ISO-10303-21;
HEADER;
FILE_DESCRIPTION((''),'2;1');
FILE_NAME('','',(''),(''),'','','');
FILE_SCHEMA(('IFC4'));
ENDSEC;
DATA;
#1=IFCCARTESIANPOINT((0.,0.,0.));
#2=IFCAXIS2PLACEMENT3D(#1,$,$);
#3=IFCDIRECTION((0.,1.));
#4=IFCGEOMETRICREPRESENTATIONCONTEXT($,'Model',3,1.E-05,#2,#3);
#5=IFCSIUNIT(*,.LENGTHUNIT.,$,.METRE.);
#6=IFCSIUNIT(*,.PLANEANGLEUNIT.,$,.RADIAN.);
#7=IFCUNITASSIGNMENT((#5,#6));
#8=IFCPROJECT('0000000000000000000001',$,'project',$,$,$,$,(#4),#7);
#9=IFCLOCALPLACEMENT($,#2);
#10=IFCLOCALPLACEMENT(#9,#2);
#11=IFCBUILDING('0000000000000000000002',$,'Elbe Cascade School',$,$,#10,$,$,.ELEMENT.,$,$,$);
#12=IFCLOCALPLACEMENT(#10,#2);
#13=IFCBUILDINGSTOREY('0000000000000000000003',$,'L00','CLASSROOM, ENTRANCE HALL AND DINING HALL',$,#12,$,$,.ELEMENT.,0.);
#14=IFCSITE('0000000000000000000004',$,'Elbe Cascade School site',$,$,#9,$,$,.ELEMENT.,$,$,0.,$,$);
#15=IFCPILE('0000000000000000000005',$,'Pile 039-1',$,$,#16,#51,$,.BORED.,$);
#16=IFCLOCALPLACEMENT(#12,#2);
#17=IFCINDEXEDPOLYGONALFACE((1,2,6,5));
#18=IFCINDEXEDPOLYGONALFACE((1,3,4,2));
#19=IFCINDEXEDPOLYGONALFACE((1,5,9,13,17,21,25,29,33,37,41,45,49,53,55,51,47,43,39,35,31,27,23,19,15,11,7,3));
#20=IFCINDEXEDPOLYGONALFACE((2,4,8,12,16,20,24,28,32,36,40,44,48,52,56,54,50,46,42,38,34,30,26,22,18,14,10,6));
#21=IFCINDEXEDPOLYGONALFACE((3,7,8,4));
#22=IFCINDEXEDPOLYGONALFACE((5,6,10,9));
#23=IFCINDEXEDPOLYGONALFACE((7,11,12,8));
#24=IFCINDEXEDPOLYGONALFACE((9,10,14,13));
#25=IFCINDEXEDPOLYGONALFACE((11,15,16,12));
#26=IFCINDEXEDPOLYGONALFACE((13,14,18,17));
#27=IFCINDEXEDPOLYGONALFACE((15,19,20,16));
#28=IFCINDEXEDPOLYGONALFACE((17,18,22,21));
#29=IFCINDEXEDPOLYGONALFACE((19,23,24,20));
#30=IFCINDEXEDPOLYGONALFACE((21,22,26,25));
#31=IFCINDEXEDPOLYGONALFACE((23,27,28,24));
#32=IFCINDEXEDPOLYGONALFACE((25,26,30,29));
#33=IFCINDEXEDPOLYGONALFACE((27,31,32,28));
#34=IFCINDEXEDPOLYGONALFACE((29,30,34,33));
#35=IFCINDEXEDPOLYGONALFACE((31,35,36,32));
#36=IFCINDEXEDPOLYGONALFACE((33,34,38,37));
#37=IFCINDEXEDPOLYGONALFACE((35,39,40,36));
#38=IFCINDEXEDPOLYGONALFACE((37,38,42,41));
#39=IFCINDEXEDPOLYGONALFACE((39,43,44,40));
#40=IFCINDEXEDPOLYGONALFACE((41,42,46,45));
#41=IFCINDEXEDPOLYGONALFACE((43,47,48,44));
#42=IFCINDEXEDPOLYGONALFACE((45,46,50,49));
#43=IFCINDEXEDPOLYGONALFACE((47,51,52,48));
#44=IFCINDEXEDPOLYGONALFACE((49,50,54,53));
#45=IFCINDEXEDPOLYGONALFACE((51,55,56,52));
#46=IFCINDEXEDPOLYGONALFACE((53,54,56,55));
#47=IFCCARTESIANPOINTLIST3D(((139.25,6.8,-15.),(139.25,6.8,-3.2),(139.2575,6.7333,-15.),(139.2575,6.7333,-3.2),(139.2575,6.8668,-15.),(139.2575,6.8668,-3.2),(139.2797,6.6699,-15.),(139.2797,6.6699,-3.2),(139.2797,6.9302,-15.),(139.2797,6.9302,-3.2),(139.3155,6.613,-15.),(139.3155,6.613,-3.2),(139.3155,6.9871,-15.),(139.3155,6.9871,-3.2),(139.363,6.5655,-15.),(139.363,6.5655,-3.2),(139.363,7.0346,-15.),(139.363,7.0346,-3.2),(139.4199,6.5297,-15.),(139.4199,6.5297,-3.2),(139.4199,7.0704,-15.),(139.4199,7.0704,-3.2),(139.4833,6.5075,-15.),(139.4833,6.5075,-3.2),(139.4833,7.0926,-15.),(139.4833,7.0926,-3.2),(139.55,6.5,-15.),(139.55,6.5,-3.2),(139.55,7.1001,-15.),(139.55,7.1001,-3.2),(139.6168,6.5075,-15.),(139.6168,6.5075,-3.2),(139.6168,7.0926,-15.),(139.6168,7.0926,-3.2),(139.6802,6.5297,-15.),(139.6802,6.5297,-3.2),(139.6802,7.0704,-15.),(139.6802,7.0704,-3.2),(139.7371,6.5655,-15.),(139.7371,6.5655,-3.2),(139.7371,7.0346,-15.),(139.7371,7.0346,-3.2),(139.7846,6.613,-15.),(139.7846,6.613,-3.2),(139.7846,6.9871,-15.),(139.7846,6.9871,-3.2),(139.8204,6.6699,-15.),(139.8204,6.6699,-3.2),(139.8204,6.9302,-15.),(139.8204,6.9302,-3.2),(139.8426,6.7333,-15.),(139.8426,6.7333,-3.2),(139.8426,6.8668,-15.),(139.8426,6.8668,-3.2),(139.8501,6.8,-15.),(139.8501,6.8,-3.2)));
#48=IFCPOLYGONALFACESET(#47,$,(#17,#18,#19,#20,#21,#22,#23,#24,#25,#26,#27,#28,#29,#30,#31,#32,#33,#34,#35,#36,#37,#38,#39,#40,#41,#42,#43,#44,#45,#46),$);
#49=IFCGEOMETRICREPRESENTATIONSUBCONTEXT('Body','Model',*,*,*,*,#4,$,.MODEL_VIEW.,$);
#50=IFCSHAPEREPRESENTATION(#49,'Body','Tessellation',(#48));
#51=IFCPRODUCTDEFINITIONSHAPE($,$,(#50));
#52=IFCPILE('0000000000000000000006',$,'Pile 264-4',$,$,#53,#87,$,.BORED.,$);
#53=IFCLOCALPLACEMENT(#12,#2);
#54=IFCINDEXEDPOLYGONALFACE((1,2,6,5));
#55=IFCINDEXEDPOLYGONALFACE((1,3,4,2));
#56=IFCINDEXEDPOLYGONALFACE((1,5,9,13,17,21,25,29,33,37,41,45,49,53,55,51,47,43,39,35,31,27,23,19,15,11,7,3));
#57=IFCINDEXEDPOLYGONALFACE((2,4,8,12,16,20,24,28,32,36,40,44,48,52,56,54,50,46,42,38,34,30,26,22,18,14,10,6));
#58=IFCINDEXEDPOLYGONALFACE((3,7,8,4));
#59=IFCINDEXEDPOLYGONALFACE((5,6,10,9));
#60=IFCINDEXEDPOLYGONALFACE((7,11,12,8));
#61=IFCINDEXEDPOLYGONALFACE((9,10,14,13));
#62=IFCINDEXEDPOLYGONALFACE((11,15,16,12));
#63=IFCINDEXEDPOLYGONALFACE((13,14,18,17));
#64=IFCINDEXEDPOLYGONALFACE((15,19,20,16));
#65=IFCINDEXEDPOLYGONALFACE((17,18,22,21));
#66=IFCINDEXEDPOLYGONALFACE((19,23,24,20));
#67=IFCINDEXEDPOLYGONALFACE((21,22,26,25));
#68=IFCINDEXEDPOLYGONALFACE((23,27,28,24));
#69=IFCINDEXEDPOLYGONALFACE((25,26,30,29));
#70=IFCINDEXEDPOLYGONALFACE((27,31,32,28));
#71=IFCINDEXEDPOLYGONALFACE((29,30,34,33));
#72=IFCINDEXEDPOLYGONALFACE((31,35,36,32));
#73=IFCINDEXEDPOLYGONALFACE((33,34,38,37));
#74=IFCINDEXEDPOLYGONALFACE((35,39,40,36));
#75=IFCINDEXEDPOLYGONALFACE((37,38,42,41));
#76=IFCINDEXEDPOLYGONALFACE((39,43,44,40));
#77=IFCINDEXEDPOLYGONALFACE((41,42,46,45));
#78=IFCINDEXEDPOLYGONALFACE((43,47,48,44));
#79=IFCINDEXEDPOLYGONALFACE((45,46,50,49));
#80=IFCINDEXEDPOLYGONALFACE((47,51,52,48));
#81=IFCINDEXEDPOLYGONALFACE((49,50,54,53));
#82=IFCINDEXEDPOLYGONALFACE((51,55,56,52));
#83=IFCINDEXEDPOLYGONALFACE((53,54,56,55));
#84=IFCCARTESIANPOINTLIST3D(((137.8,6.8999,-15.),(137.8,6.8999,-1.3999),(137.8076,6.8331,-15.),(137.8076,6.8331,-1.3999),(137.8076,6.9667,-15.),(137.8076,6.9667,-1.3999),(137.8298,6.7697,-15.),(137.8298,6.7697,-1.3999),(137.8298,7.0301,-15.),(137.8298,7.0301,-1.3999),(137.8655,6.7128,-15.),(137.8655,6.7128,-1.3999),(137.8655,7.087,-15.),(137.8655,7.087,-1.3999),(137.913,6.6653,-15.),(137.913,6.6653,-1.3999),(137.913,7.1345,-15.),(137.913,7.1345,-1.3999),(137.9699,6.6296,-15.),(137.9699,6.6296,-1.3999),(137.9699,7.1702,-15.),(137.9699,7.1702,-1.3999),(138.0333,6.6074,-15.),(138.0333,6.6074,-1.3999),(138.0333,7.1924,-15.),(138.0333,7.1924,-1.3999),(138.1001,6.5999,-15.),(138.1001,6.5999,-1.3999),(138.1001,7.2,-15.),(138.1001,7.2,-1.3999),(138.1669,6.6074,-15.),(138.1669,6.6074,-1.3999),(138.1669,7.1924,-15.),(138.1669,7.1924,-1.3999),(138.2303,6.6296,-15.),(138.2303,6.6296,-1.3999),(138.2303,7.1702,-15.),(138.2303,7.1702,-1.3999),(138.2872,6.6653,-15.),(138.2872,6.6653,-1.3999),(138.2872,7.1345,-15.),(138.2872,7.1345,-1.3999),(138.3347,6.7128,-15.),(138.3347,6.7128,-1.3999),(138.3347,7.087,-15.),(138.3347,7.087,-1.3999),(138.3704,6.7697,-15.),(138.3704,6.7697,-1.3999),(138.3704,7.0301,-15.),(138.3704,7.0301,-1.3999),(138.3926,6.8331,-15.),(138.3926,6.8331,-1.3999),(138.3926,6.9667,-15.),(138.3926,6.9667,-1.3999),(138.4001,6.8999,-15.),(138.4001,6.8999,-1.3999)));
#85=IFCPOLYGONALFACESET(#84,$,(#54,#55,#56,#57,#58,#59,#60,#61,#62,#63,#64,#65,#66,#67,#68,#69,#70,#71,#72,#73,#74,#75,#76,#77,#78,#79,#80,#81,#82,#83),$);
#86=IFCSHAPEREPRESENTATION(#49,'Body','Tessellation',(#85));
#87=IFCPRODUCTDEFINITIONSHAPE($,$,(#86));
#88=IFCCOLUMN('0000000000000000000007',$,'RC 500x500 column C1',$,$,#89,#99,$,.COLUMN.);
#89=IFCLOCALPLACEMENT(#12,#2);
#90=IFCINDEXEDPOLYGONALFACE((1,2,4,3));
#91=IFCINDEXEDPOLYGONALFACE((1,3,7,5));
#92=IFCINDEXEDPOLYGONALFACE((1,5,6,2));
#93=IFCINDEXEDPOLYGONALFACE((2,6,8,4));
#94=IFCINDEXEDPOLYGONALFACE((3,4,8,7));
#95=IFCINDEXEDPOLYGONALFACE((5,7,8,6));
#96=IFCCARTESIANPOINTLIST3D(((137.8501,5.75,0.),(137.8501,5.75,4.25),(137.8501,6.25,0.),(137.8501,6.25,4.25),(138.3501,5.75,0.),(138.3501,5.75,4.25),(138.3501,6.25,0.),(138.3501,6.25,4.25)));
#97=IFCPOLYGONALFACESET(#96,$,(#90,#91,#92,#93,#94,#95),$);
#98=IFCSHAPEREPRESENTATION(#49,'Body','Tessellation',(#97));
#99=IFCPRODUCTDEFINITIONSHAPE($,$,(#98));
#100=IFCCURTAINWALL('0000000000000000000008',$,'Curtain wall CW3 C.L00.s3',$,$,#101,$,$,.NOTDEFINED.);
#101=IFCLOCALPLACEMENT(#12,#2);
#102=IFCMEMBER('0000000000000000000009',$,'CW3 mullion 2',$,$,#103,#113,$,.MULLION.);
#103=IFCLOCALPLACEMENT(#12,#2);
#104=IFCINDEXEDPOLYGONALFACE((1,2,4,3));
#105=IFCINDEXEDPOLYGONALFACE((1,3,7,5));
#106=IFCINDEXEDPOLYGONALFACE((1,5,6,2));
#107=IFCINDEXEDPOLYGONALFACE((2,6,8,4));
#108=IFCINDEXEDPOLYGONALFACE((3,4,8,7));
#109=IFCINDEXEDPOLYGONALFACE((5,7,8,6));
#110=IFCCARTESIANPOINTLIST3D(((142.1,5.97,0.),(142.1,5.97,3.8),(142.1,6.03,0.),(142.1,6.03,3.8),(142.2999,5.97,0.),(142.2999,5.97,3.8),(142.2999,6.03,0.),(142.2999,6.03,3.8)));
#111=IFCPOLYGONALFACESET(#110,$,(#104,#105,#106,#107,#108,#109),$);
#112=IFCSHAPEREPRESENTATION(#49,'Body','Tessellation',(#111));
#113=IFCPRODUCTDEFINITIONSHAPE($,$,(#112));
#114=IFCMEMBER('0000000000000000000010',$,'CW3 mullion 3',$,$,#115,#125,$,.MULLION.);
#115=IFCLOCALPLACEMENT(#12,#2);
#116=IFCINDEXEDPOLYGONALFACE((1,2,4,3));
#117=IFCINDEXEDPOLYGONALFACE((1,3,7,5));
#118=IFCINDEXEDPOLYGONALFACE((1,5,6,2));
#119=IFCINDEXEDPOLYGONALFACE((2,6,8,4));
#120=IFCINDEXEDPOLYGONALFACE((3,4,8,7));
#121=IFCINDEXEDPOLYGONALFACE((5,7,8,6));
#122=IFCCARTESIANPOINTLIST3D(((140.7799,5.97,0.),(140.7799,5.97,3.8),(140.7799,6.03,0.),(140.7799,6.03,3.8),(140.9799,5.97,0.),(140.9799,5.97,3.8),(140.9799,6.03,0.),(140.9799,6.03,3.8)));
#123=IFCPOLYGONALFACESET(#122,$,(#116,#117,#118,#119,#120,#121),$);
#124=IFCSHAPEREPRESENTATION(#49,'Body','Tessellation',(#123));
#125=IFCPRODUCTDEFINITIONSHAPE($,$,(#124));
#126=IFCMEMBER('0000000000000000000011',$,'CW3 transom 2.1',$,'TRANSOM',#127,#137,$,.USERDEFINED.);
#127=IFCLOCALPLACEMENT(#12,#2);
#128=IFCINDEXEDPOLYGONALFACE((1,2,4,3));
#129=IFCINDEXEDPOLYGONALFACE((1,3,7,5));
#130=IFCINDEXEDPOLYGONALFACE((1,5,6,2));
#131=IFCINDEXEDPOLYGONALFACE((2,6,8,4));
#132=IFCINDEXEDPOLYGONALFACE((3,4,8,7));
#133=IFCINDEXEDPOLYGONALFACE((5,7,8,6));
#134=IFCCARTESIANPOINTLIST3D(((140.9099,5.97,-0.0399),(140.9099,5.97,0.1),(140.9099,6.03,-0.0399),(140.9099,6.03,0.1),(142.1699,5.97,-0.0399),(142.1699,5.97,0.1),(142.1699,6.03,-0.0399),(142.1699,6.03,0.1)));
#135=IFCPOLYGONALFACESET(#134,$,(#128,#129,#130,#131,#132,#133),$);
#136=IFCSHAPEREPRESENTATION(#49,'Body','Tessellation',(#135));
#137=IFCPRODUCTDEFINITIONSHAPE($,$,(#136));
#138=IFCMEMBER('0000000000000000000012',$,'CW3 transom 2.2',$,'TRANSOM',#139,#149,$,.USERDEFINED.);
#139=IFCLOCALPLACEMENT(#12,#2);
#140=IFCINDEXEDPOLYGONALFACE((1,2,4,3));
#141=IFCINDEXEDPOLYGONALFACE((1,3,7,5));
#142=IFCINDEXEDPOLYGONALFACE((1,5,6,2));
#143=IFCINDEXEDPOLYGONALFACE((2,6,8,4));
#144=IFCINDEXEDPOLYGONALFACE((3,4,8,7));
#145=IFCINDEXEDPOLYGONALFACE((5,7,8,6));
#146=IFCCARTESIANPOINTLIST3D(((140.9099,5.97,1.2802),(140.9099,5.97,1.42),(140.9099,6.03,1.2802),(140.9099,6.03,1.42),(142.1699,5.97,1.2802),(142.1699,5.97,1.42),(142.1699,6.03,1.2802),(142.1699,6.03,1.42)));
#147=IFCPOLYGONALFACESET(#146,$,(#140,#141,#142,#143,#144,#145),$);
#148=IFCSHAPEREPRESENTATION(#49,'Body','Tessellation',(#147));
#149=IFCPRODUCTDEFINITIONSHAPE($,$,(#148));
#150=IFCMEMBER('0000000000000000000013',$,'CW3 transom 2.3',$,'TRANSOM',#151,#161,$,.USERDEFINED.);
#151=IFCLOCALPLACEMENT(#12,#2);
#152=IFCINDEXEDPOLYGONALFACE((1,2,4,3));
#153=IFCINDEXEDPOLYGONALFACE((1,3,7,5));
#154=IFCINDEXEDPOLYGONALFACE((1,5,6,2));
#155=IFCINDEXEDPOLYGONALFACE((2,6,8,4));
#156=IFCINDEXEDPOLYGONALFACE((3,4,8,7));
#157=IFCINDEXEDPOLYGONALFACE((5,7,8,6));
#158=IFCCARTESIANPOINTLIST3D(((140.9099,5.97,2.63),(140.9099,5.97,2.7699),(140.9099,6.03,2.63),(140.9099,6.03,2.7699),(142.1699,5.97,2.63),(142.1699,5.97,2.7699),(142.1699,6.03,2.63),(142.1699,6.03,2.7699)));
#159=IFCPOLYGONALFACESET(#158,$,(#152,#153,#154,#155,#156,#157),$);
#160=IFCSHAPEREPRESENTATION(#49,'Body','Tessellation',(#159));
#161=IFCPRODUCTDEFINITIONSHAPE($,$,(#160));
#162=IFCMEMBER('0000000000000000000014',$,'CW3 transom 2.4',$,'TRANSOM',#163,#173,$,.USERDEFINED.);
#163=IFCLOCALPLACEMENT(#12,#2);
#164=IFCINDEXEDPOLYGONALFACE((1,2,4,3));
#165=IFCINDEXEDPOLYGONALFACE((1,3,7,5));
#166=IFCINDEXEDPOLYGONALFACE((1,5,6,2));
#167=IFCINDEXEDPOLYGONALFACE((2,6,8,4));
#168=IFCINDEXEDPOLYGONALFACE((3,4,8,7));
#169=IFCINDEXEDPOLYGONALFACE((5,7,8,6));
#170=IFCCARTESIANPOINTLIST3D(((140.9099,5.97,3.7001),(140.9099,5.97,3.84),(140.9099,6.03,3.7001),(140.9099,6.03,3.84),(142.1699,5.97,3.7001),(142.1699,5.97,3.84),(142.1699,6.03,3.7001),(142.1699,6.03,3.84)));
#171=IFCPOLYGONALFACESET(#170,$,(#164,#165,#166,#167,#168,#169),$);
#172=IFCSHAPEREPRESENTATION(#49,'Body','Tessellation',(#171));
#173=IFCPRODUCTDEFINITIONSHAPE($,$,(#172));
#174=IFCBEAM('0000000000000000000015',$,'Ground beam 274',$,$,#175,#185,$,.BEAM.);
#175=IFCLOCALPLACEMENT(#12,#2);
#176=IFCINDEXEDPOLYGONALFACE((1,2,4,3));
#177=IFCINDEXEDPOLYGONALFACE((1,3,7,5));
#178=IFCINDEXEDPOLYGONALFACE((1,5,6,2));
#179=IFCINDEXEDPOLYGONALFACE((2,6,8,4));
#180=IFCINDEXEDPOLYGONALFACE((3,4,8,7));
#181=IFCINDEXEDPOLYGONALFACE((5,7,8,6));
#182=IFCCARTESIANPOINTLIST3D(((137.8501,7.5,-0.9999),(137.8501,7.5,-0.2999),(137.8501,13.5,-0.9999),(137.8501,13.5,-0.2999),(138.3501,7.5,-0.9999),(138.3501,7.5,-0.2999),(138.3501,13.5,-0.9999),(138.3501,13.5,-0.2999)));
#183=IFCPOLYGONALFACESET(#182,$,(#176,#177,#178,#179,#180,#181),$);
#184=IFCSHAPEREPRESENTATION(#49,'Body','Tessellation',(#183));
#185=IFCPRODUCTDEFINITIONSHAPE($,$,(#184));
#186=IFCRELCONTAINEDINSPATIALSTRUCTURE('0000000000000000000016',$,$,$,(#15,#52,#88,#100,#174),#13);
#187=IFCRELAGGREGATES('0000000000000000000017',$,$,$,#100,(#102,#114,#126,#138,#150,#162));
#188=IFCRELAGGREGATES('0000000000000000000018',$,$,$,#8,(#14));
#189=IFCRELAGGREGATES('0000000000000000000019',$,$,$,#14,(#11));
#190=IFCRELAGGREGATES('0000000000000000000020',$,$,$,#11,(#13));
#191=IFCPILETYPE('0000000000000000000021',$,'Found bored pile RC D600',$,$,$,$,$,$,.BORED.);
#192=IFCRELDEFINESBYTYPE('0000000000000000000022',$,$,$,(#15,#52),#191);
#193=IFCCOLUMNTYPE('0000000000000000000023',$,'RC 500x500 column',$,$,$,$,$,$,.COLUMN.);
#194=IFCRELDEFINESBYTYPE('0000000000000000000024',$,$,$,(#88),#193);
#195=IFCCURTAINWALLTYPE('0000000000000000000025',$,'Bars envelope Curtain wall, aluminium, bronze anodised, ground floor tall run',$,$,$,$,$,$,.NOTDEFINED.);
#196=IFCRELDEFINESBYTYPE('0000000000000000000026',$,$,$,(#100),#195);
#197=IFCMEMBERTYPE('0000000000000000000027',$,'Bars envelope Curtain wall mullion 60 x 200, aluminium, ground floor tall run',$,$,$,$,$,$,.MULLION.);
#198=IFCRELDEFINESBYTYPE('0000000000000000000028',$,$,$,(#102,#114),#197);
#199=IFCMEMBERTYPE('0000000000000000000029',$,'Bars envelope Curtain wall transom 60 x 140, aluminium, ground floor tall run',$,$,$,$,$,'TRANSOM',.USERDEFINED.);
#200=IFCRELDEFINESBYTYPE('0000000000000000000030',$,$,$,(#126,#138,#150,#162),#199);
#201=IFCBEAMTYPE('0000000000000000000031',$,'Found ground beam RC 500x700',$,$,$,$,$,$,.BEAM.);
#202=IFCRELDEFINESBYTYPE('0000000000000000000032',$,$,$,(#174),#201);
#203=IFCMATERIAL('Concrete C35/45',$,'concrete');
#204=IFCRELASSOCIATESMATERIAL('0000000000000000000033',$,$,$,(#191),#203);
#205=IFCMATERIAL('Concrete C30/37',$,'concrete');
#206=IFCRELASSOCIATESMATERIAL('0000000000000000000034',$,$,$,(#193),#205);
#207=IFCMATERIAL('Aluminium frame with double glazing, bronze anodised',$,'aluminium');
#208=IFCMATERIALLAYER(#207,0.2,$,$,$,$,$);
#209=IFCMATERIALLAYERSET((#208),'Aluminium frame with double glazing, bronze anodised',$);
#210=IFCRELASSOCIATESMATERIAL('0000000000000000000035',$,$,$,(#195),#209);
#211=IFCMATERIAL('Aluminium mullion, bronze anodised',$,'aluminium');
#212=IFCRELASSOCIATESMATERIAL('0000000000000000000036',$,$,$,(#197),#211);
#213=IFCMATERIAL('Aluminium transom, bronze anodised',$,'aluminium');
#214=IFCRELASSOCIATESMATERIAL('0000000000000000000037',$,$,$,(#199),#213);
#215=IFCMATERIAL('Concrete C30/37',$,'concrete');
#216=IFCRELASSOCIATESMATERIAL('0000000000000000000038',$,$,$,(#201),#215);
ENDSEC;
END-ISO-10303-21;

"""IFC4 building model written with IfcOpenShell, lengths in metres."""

from ifc_helpers import new_model, si_unit, direction, frame, origin, origin_2d, place, context, subcontext, project, spatial, rectangle, circle, extrude, material, layer, layer_set, material_profile, profile_set, type_object, element, aggregate, save


model = new_model("IFC4")

# Units and contexts
model_context = context("Model", 3, precision=1e-05, world=origin(), true_north=direction((0.0, 1.0)))
body_context = subcontext(model_context, "Body", "Model", "MODEL_VIEW")
ifc_project = project(units=[si_unit("LENGTHUNIT", "METRE"), si_unit("PLANEANGLEUNIT", "RADIAN")], contexts=[model_context])

# Site, building, storey
site_placement = place(None, origin())
site = spatial("IfcSite", under=ifc_project, at=site_placement, Name="Elbe Cascade School site", CompositionType="ELEMENT", RefElevation=0.0)
building_placement = place(site_placement, origin())
building = spatial("IfcBuilding", under=site, at=building_placement, Name="Elbe Cascade School", CompositionType="ELEMENT")
storey_placement = place(building_placement, origin())
storey = spatial("IfcBuildingStorey", under=building, at=storey_placement, Name="L00", Description="CLASSROOM, ENTRANCE HALL AND DINING HALL", CompositionType="ELEMENT", Elevation=0.0)

# Piles
ifc_material_1 = material(Name="Concrete C35/45", Category="concrete")
ifc_material_profile_1 = material_profile(ifc_material_1, circle(Radius=0.3, at=origin_2d()), Name="RC D600")
ifc_profile_set_1 = profile_set([ifc_material_profile_1], Name="Concrete C35/45")
pile_type = type_object("IfcPileType", Name="Found bored pile RC D600", PredefinedType="BORED", material=ifc_profile_set_1)
pile_1_placement = place(storey_placement, frame((139.55, 6.8, -3.2), z_axis=(0.0, 0.0, -1.0), x_axis=(1.0, 0.0, 0.0)))
element("IfcPile", 1, at=pile_1_placement, inside=storey, type_object=pile_type, Name="Pile 039-1", PredefinedType="BORED", context=body_context, shape_type="SweptSolid", body=[
    extrude(circle(Radius=0.3, at=origin_2d()), origin(), (0.0, 0.0, 1.0), 11.8),
])
pile_2_placement = place(storey_placement, frame((138.1001, 6.8999, -1.3999), z_axis=(0.0, 0.0, -1.0), x_axis=(1.0, 0.0, 0.0)))
element("IfcPile", 2, at=pile_2_placement, inside=storey, type_object=pile_type, Name="Pile 264-4", PredefinedType="BORED", context=body_context, shape_type="SweptSolid", body=[
    extrude(circle(Radius=0.3, at=origin_2d()), origin(), (0.0, 0.0, 1.0), 13.6001),
])

# Column
ifc_material_2 = material(Name="Concrete C30/37", Category="concrete")
ifc_material_profile_2 = material_profile(ifc_material_2, rectangle(XDim=0.5, YDim=0.5, at=origin_2d()), Name="RC 500x500")
ifc_profile_set_2 = profile_set([ifc_material_profile_2], Name="Concrete C30/37")
column_type = type_object("IfcColumnType", Name="RC 500x500 column", PredefinedType="COLUMN", material=ifc_profile_set_2)
column_placement = place(storey_placement, frame((138.1001, 6.0, 0.0), z_axis=(0.0, 0.0, 1.0), x_axis=(1.0, 0.0, 0.0)))
element("IfcColumn", 3, at=column_placement, inside=storey, type_object=column_type, Name="RC 500x500 column C1", PredefinedType="COLUMN", context=body_context, shape_type="SweptSolid", body=[
    extrude(rectangle(XDim=0.5, YDim=0.5, at=origin_2d()), origin(), (0.0, 0.0, 1.0), 4.25),
])

# Curtain wall, members
ifc_material_3 = material(Name="Aluminium frame with double glazing, bronze anodised", Category="aluminium")
ifc_layer_1 = layer(ifc_material_3, 0.2)
ifc_layer_set_1 = layer_set([ifc_layer_1], Name="Aluminium frame with double glazing, bronze anodised")
curtain_wall_type = type_object("IfcCurtainWallType", Name="Bars envelope Curtain wall, aluminium, bronze anodised, ground floor tall run", PredefinedType="NOTDEFINED", material=ifc_layer_set_1)
curtain_wall_placement = place(storey_placement, origin())
curtain_wall = element("IfcCurtainWall", 4, at=curtain_wall_placement, inside=storey, type_object=curtain_wall_type, Name="Curtain wall CW3 C.L00.s3", PredefinedType="NOTDEFINED")
ifc_material_4 = material(Name="Aluminium mullion, bronze anodised", Category="aluminium")
ifc_material_profile_3 = material_profile(ifc_material_4, rectangle(XDim=0.0601, YDim=0.2, at=origin_2d()), Name="Bars envelope Curtain wall mullion 60 x 200, aluminium, ground floor tall run")
ifc_profile_set_3 = profile_set([ifc_material_profile_3], Name="Aluminium mullion, bronze anodised")
member_type_1 = type_object("IfcMemberType", Name="Bars envelope Curtain wall mullion 60 x 200, aluminium, ground floor tall run", PredefinedType="MULLION", material=ifc_profile_set_3)
member_1_placement = place(storey_placement, frame((142.2, 6.0, 0.0), z_axis=(0.0, 0.0, 1.0), x_axis=(0.0, -1.0, 0.0)))
member_1 = element("IfcMember", 5, at=member_1_placement, type_object=member_type_1, Name="CW3 mullion 2", PredefinedType="MULLION", context=body_context, shape_type="SweptSolid", body=[
    extrude(rectangle(XDim=0.0601, YDim=0.2, at=origin_2d()), origin(), (0.0, 0.0, 1.0), 3.8),
])
member_2_placement = place(storey_placement, frame((140.8799, 6.0, 0.0), z_axis=(0.0, 0.0, 1.0), x_axis=(0.0, -1.0, 0.0)))
member_2 = element("IfcMember", 6, at=member_2_placement, type_object=member_type_1, Name="CW3 mullion 3", PredefinedType="MULLION", context=body_context, shape_type="SweptSolid", body=[
    extrude(rectangle(XDim=0.0601, YDim=0.2, at=origin_2d()), origin(), (0.0, 0.0, 1.0), 3.8),
])
ifc_material_5 = material(Name="Aluminium transom, bronze anodised", Category="aluminium")
ifc_material_profile_4 = material_profile(ifc_material_5, rectangle(XDim=0.0601, YDim=0.1399, at=origin_2d()), Name="Bars envelope Curtain wall transom 60 x 140, aluminium, ground floor tall run")
ifc_profile_set_4 = profile_set([ifc_material_profile_4], Name="Aluminium transom, bronze anodised")
member_type_2 = type_object("IfcMemberType", Name="Bars envelope Curtain wall transom 60 x 140, aluminium, ground floor tall run", ElementType="TRANSOM", PredefinedType="USERDEFINED", material=ifc_profile_set_4)
member_3_placement = place(storey_placement, frame((142.1699, 6.0, 0.03), z_axis=(-1.0, 0.0, 0.0), x_axis=(0.0, -1.0, 0.0)))
member_3 = element("IfcMember", 7, at=member_3_placement, type_object=member_type_2, Name="CW3 transom 2.1", ObjectType="TRANSOM", PredefinedType="USERDEFINED", context=body_context, shape_type="SweptSolid", body=[
    extrude(rectangle(XDim=0.0601, YDim=0.1399, at=origin_2d()), origin(), (0.0, 0.0, 1.0), 1.26),
])
member_4_placement = place(storey_placement, frame((142.1699, 6.0, 1.3501), z_axis=(-1.0, 0.0, 0.0), x_axis=(0.0, -1.0, 0.0)))
member_4 = element("IfcMember", 8, at=member_4_placement, type_object=member_type_2, Name="CW3 transom 2.2", ObjectType="TRANSOM", PredefinedType="USERDEFINED", context=body_context, shape_type="SweptSolid", body=[
    extrude(rectangle(XDim=0.0601, YDim=0.1399, at=origin_2d()), origin(), (0.0, 0.0, 1.0), 1.26),
])
member_5_placement = place(storey_placement, frame((142.1699, 6.0, 2.7), z_axis=(-1.0, 0.0, 0.0), x_axis=(0.0, -1.0, 0.0)))
member_5 = element("IfcMember", 9, at=member_5_placement, type_object=member_type_2, Name="CW3 transom 2.3", ObjectType="TRANSOM", PredefinedType="USERDEFINED", context=body_context, shape_type="SweptSolid", body=[
    extrude(rectangle(XDim=0.0601, YDim=0.1399, at=origin_2d()), origin(), (0.0, 0.0, 1.0), 1.26),
])
member_6_placement = place(storey_placement, frame((142.1699, 6.0, 3.77), z_axis=(-1.0, 0.0, 0.0), x_axis=(0.0, -1.0, 0.0)))
member_6 = element("IfcMember", 10, at=member_6_placement, type_object=member_type_2, Name="CW3 transom 2.4", ObjectType="TRANSOM", PredefinedType="USERDEFINED", context=body_context, shape_type="SweptSolid", body=[
    extrude(rectangle(XDim=0.0601, YDim=0.1399, at=origin_2d()), origin(), (0.0, 0.0, 1.0), 1.26),
])

# Beam
ifc_material_6 = material(Name="Concrete C30/37", Category="concrete")
ifc_material_profile_5 = material_profile(ifc_material_6, rectangle(XDim=0.5, YDim=0.7, at=origin_2d()), Name="RC 500x700")
ifc_profile_set_5 = profile_set([ifc_material_profile_5], Name="Concrete C30/37")
beam_type_1 = type_object("IfcBeamType", Name="Found ground beam RC 500x700", PredefinedType="BEAM", material=ifc_profile_set_5)
beam_1_placement = place(storey_placement, frame((138.1001, 7.5, -0.6499), z_axis=(0.0, 1.0, 0.0), x_axis=(-1.0, 0.0, 0.0)))
element("IfcBeam", 11, at=beam_1_placement, inside=storey, type_object=beam_type_1, Name="Ground beam 274", PredefinedType="BEAM", context=body_context, shape_type="SweptSolid", body=[
    extrude(rectangle(XDim=0.5, YDim=0.7, at=origin_2d()), origin(), (0.0, 0.0, 1.0), 6.0),
])

aggregate(curtain_wall, [member_1, member_2, member_3, member_4, member_5, member_6])

save(model, "model.ifc")
